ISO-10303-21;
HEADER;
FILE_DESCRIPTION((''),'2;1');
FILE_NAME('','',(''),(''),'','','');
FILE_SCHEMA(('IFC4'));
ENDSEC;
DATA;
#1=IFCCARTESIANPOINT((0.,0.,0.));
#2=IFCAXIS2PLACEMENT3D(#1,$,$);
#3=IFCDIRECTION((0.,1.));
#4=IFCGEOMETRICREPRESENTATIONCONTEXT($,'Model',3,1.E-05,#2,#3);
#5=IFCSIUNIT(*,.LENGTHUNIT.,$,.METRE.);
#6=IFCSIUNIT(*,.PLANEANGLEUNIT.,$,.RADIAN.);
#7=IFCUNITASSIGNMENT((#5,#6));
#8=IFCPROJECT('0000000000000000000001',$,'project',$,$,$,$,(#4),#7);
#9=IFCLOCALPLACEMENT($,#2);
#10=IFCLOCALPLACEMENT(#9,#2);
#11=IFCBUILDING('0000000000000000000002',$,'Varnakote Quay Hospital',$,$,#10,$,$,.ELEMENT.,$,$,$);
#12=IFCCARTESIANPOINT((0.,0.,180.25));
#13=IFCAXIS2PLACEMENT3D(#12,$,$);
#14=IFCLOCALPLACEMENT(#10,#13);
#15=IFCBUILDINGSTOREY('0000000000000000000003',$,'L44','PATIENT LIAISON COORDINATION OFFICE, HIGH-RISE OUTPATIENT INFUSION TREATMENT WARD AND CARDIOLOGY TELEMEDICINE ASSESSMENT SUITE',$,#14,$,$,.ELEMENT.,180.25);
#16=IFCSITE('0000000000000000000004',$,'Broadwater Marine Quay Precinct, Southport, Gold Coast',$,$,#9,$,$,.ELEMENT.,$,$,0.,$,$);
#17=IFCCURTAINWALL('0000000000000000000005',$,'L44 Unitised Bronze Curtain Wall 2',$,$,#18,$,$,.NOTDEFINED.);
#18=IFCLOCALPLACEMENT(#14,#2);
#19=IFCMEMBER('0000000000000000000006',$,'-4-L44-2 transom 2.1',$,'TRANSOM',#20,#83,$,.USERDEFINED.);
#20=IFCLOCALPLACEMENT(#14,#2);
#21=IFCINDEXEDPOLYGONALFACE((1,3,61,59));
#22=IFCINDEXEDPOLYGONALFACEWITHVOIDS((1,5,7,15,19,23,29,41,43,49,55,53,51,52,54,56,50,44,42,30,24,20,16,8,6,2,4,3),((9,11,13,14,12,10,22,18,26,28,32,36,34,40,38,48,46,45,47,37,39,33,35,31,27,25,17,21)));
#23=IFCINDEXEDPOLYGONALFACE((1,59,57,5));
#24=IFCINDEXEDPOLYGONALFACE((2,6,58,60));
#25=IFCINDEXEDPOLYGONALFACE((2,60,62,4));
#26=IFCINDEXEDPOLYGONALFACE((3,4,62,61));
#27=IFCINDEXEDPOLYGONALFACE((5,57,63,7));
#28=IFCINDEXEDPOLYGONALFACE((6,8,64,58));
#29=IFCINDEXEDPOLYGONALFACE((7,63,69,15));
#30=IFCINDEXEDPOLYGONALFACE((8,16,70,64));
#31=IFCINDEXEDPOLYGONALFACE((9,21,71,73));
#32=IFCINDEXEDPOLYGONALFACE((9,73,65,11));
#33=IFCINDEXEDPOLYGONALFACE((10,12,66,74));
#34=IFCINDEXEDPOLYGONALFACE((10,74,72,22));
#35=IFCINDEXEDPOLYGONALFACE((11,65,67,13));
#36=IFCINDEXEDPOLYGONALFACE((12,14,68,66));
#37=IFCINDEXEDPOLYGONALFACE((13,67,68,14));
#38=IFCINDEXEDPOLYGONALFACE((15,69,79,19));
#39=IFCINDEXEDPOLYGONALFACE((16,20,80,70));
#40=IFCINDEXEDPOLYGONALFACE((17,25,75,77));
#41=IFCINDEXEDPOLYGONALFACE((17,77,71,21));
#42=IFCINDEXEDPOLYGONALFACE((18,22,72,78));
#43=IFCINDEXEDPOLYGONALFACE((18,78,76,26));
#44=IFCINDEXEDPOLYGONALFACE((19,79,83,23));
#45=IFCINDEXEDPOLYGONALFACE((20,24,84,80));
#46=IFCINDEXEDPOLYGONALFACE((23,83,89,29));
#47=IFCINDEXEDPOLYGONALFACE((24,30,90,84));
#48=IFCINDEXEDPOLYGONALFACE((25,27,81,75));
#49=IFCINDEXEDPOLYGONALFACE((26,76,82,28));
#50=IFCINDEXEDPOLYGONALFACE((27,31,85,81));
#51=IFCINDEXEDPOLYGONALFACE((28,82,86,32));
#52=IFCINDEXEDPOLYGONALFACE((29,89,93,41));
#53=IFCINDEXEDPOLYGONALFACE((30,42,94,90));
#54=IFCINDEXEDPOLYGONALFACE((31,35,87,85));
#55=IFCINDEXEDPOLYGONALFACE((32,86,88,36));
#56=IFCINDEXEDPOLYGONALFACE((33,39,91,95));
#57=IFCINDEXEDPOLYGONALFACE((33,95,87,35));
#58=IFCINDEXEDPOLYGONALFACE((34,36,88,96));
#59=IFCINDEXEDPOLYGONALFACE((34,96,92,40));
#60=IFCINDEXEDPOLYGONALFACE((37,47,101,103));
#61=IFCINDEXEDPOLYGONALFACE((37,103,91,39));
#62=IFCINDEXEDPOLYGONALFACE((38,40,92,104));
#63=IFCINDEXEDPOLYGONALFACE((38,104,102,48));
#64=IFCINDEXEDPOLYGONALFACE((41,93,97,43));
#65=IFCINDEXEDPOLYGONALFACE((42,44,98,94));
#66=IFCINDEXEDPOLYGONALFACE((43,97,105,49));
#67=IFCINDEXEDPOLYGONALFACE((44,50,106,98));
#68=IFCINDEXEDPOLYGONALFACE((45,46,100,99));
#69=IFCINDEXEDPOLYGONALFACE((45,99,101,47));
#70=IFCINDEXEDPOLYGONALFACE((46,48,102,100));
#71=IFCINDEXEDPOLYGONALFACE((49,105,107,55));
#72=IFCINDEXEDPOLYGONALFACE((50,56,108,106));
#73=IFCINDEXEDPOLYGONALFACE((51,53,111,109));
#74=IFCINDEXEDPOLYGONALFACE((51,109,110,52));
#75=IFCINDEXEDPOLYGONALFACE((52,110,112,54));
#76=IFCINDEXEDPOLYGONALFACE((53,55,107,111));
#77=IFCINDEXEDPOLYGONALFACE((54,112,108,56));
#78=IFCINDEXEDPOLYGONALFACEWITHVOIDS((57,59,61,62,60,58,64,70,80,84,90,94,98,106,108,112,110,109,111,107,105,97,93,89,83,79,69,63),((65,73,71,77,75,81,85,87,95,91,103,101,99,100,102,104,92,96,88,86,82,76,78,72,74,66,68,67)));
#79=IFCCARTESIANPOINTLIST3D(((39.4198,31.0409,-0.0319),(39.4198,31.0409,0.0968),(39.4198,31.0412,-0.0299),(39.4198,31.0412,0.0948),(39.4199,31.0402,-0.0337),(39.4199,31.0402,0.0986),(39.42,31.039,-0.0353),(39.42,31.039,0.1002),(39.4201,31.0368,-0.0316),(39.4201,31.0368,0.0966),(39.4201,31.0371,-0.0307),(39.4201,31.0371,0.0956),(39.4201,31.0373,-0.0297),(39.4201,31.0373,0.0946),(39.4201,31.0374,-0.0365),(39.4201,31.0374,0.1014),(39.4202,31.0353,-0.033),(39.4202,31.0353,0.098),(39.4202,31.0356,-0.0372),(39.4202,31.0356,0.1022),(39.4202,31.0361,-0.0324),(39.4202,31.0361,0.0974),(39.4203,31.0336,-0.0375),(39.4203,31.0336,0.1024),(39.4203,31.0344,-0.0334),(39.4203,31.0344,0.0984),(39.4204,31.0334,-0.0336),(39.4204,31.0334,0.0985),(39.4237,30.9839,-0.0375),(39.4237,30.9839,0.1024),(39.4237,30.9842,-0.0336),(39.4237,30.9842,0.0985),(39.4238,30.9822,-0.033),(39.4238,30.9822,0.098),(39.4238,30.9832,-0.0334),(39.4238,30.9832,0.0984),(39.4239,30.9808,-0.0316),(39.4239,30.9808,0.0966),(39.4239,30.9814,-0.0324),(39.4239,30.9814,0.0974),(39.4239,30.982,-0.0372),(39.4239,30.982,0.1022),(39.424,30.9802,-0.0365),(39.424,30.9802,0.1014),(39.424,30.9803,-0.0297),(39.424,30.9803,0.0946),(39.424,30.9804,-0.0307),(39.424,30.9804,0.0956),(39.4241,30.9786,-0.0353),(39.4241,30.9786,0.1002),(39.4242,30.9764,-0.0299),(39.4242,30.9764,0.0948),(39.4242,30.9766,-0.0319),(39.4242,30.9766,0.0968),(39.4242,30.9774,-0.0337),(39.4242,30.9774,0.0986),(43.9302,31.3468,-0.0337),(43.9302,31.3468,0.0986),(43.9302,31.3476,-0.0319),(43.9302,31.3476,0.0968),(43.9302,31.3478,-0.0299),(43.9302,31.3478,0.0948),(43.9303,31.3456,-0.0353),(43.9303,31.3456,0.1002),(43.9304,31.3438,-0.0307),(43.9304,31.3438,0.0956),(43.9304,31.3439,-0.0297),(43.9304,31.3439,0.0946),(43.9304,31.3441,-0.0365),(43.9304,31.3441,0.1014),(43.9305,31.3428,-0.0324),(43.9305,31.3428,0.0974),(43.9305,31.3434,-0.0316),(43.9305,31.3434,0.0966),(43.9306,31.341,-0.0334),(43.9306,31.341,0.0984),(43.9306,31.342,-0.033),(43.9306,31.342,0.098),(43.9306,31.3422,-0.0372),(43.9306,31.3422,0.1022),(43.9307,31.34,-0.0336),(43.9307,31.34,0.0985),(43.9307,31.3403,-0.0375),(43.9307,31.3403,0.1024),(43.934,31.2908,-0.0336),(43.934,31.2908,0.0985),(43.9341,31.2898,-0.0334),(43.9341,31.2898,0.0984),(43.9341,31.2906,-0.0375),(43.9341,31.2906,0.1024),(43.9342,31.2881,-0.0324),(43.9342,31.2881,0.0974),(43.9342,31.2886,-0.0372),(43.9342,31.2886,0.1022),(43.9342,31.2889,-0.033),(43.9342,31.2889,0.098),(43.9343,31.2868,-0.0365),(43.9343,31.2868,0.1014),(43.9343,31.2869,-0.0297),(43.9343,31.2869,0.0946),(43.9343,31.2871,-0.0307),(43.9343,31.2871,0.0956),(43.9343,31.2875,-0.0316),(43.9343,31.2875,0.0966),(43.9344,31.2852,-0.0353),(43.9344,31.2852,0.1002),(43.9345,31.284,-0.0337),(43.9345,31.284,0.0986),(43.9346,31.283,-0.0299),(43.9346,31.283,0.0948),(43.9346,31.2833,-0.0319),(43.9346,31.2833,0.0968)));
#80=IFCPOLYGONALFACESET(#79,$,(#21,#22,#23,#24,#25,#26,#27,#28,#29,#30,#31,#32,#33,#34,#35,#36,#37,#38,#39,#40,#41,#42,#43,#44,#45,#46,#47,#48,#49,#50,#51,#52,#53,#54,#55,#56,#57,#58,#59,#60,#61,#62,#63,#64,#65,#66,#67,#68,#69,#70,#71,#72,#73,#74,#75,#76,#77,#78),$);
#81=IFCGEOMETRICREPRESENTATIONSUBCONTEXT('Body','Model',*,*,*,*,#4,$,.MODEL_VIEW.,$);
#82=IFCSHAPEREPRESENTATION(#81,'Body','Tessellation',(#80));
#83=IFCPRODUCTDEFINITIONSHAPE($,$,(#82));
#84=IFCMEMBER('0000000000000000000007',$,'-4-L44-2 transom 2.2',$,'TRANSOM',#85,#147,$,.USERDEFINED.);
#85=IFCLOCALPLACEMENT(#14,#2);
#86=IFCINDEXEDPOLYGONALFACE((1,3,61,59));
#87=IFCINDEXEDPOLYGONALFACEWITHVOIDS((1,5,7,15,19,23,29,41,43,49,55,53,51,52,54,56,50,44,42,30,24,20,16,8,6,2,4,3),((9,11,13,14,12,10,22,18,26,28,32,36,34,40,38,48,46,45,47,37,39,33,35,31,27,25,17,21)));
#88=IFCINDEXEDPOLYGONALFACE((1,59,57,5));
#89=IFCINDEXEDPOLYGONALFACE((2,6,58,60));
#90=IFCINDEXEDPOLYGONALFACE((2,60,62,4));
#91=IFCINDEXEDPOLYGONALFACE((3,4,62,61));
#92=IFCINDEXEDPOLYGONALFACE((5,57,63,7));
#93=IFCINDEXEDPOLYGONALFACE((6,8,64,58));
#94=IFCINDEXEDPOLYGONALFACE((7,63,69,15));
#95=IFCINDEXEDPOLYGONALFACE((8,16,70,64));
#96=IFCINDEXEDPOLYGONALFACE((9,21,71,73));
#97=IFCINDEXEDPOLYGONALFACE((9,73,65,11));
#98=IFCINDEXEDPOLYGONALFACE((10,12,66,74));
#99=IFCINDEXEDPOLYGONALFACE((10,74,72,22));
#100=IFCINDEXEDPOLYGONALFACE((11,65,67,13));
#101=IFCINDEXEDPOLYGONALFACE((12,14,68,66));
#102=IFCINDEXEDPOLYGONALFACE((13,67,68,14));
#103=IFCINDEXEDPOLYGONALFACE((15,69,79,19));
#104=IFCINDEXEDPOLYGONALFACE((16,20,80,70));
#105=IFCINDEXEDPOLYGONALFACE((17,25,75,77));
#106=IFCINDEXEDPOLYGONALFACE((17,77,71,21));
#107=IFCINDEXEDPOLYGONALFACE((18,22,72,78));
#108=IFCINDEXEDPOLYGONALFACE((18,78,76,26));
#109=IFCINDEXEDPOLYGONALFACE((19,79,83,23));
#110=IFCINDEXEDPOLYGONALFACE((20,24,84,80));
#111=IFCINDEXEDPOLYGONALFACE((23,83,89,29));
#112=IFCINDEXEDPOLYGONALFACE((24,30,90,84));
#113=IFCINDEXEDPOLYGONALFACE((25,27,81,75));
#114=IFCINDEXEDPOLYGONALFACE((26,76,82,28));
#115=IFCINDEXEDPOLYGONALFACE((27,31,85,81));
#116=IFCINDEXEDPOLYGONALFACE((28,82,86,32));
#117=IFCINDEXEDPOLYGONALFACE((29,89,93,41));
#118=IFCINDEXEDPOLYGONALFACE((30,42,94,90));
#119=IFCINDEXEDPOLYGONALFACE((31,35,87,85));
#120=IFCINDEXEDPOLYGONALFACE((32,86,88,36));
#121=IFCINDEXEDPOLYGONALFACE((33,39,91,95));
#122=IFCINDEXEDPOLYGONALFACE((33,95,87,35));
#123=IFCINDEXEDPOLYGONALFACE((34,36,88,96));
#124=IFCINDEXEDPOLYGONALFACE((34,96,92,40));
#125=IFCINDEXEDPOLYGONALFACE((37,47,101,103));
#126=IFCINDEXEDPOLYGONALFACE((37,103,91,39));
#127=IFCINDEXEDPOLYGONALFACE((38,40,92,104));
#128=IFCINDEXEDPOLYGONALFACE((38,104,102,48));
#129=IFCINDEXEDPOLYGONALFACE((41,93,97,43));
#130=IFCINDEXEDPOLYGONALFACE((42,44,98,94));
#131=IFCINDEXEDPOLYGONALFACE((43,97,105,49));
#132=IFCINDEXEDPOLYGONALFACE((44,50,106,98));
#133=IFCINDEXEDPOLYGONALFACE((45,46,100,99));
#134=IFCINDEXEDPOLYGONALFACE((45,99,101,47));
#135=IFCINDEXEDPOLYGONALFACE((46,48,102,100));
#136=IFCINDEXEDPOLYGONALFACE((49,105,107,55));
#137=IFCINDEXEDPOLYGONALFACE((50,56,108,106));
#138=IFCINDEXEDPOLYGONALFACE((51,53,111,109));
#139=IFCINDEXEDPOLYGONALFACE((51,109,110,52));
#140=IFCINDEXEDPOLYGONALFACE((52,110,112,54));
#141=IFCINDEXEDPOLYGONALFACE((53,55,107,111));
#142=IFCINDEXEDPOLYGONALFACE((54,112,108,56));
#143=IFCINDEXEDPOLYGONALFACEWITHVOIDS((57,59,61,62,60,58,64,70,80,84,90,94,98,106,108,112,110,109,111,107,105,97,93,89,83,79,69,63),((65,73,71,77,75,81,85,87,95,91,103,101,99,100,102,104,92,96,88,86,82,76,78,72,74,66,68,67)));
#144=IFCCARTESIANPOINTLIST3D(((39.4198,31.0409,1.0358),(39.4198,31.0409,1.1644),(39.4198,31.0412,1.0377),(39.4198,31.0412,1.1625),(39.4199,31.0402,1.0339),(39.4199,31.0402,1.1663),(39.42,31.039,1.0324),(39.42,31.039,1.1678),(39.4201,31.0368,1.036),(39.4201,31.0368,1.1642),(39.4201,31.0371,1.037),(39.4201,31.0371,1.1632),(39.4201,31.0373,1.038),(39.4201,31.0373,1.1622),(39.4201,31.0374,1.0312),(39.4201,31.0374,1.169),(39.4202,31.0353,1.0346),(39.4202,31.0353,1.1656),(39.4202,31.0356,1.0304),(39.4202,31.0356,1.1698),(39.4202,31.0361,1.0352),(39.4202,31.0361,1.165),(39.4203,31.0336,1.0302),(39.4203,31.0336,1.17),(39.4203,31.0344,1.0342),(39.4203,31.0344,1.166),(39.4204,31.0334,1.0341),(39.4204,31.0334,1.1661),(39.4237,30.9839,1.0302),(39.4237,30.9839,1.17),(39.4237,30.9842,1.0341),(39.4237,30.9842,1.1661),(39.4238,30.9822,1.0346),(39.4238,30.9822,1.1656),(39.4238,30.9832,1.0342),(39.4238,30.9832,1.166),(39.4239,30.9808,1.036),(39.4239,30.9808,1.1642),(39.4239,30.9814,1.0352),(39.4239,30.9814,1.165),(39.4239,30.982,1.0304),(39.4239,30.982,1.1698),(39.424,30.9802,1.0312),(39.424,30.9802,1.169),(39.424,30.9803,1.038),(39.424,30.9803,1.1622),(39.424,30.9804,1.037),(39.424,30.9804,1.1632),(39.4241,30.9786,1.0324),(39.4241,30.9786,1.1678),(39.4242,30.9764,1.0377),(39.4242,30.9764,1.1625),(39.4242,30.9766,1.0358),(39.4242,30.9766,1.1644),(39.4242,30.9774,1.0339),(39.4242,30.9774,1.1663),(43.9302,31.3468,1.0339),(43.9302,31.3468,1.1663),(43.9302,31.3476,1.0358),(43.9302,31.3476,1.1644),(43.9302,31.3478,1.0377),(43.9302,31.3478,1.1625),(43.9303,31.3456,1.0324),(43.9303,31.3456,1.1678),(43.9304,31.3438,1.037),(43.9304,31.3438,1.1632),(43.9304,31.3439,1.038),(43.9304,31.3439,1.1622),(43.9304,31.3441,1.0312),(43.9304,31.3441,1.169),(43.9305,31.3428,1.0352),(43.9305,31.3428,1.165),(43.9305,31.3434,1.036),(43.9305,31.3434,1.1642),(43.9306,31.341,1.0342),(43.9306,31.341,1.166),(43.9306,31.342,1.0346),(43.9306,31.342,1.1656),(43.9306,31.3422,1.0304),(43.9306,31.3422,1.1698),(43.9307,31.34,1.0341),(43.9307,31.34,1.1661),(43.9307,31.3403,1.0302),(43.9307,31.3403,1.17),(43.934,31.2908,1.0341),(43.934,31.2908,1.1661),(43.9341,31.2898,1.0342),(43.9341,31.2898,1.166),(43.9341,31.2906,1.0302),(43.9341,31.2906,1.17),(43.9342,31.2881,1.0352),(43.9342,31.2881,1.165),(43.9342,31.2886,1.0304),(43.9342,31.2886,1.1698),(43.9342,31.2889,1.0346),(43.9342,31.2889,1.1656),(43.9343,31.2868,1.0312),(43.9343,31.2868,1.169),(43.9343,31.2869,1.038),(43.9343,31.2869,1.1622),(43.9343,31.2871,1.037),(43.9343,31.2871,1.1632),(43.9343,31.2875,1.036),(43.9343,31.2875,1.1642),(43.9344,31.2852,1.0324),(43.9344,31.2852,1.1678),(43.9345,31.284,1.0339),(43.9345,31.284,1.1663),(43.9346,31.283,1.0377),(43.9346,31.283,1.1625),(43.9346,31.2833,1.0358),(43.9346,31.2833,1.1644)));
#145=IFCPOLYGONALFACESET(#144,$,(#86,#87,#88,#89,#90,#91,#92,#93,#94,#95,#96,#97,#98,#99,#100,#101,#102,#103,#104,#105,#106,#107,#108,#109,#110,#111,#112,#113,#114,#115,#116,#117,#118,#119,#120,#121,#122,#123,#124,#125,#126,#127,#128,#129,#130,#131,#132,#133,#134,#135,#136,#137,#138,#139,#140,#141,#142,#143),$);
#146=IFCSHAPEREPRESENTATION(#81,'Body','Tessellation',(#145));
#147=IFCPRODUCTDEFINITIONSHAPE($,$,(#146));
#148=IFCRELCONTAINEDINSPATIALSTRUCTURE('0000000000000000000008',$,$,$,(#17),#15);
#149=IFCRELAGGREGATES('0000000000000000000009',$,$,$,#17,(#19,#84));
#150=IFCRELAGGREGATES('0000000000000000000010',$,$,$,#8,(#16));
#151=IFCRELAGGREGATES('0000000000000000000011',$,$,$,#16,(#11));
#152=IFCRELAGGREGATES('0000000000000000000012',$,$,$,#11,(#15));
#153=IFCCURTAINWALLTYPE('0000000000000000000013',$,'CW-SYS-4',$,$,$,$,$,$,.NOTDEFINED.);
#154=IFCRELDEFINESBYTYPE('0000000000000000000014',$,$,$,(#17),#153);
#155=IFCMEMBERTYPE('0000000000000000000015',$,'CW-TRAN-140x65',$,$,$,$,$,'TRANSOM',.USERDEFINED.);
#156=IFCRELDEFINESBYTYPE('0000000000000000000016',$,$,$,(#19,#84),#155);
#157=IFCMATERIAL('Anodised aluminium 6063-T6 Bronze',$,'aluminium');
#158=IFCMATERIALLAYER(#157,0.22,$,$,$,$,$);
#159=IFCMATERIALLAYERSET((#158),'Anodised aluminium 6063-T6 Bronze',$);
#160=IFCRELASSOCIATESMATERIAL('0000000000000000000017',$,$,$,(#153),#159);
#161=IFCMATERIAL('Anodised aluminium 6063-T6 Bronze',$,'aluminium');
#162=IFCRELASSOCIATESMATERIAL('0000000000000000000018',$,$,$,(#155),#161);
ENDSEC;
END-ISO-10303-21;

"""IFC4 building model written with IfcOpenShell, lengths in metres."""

from ifc_helpers import new_model, si_unit, direction, frame, origin, origin_2d, place, context, subcontext, project, spatial, hollow_rectangle, extrude, material, layer, layer_set, material_profile, profile_set, type_object, element, aggregate, save


model = new_model("IFC4")

# Units and contexts
model_context = context("Model", 3, precision=1e-05, world=origin(), true_north=direction((0.0, 1.0)))
body_context = subcontext(model_context, "Body", "Model", "MODEL_VIEW")
ifc_project = project(units=[si_unit("LENGTHUNIT", "METRE"), si_unit("PLANEANGLEUNIT", "RADIAN")], contexts=[model_context])

# Site, building, storey
site_placement = place(None, origin())
site = spatial("IfcSite", under=ifc_project, at=site_placement, Name="Broadwater Marine Quay Precinct, Southport, Gold Coast", CompositionType="ELEMENT", RefElevation=0.0)
building_placement = place(site_placement, origin())
building = spatial("IfcBuilding", under=site, at=building_placement, Name="Varnakote Quay Hospital", CompositionType="ELEMENT")
storey_placement = place(building_placement, frame((0.0, 0.0, 180.25)))
storey = spatial("IfcBuildingStorey", under=building, at=storey_placement, Name="L44", Description="PATIENT LIAISON COORDINATION OFFICE, HIGH-RISE OUTPATIENT INFUSION TREATMENT WARD AND CARDIOLOGY TELEMEDICINE ASSESSMENT SUITE", CompositionType="ELEMENT", Elevation=180.25)

# Curtain wall, members
ifc_material_1 = material(Name="Anodised aluminium 6063-T6 Bronze", Category="aluminium")
ifc_layer_1 = layer(ifc_material_1, 0.22)
ifc_layer_set_1 = layer_set([ifc_layer_1], Name="Anodised aluminium 6063-T6 Bronze")
curtain_wall_type = type_object("IfcCurtainWallType", Name="CW-SYS-4", PredefinedType="NOTDEFINED", material=ifc_layer_set_1)
curtain_wall_placement = place(storey_placement, origin())
curtain_wall = element("IfcCurtainWall", 1, at=curtain_wall_placement, inside=storey, type_object=curtain_wall_type, Name="L44 Unitised Bronze Curtain Wall 2", PredefinedType="NOTDEFINED")
ifc_material_2 = material(Name="Anodised aluminium 6063-T6 Bronze", Category="aluminium")
ifc_material_profile_1 = material_profile(ifc_material_2, hollow_rectangle(XDim=0.0649, YDim=0.1399, WallThickness=0.0039, InnerFilletRadius=0.0039, OuterFilletRadius=0.0076, at=origin_2d()), Name="CW-TRAN-140x65")
ifc_profile_set_1 = profile_set([ifc_material_profile_1], Name="Anodised aluminium 6063-T6 Bronze")
member_type_1 = type_object("IfcMemberType", Name="CW-TRAN-140x65", ElementType="TRANSOM", PredefinedType="USERDEFINED", material=ifc_profile_set_1)
member_1_placement = place(storey_placement, frame((43.9324, 31.3154, 0.0325), z_axis=(-0.997697, -0.067831, 0.0), x_axis=(0.067831, -0.997697, 0.0)))
member_1 = element("IfcMember", 2, at=member_1_placement, type_object=member_type_1, Name="-4-L44-2 transom 2.1", ObjectType="TRANSOM", PredefinedType="USERDEFINED", context=body_context, shape_type="SweptSolid", body=[
    extrude(hollow_rectangle(XDim=0.0649, YDim=0.1399, WallThickness=0.0039, InnerFilletRadius=0.0039, OuterFilletRadius=0.0076, at=origin_2d()), origin(), (0.0, 0.0, 1.0), 4.5208),
])
member_2_placement = place(storey_placement, frame((43.9324, 31.3154, 1.1001), z_axis=(-0.997697, -0.067831, 0.0), x_axis=(0.067831, -0.997697, 0.0)))
member_2 = element("IfcMember", 3, at=member_2_placement, type_object=member_type_1, Name="-4-L44-2 transom 2.2", ObjectType="TRANSOM", PredefinedType="USERDEFINED", context=body_context, shape_type="SweptSolid", body=[
    extrude(hollow_rectangle(XDim=0.0649, YDim=0.1399, WallThickness=0.0039, InnerFilletRadius=0.0039, OuterFilletRadius=0.0076, at=origin_2d()), origin(), (0.0, 0.0, 1.0), 4.5208),
])

aggregate(curtain_wall, [member_1, member_2])

save(model, "model.ifc")
